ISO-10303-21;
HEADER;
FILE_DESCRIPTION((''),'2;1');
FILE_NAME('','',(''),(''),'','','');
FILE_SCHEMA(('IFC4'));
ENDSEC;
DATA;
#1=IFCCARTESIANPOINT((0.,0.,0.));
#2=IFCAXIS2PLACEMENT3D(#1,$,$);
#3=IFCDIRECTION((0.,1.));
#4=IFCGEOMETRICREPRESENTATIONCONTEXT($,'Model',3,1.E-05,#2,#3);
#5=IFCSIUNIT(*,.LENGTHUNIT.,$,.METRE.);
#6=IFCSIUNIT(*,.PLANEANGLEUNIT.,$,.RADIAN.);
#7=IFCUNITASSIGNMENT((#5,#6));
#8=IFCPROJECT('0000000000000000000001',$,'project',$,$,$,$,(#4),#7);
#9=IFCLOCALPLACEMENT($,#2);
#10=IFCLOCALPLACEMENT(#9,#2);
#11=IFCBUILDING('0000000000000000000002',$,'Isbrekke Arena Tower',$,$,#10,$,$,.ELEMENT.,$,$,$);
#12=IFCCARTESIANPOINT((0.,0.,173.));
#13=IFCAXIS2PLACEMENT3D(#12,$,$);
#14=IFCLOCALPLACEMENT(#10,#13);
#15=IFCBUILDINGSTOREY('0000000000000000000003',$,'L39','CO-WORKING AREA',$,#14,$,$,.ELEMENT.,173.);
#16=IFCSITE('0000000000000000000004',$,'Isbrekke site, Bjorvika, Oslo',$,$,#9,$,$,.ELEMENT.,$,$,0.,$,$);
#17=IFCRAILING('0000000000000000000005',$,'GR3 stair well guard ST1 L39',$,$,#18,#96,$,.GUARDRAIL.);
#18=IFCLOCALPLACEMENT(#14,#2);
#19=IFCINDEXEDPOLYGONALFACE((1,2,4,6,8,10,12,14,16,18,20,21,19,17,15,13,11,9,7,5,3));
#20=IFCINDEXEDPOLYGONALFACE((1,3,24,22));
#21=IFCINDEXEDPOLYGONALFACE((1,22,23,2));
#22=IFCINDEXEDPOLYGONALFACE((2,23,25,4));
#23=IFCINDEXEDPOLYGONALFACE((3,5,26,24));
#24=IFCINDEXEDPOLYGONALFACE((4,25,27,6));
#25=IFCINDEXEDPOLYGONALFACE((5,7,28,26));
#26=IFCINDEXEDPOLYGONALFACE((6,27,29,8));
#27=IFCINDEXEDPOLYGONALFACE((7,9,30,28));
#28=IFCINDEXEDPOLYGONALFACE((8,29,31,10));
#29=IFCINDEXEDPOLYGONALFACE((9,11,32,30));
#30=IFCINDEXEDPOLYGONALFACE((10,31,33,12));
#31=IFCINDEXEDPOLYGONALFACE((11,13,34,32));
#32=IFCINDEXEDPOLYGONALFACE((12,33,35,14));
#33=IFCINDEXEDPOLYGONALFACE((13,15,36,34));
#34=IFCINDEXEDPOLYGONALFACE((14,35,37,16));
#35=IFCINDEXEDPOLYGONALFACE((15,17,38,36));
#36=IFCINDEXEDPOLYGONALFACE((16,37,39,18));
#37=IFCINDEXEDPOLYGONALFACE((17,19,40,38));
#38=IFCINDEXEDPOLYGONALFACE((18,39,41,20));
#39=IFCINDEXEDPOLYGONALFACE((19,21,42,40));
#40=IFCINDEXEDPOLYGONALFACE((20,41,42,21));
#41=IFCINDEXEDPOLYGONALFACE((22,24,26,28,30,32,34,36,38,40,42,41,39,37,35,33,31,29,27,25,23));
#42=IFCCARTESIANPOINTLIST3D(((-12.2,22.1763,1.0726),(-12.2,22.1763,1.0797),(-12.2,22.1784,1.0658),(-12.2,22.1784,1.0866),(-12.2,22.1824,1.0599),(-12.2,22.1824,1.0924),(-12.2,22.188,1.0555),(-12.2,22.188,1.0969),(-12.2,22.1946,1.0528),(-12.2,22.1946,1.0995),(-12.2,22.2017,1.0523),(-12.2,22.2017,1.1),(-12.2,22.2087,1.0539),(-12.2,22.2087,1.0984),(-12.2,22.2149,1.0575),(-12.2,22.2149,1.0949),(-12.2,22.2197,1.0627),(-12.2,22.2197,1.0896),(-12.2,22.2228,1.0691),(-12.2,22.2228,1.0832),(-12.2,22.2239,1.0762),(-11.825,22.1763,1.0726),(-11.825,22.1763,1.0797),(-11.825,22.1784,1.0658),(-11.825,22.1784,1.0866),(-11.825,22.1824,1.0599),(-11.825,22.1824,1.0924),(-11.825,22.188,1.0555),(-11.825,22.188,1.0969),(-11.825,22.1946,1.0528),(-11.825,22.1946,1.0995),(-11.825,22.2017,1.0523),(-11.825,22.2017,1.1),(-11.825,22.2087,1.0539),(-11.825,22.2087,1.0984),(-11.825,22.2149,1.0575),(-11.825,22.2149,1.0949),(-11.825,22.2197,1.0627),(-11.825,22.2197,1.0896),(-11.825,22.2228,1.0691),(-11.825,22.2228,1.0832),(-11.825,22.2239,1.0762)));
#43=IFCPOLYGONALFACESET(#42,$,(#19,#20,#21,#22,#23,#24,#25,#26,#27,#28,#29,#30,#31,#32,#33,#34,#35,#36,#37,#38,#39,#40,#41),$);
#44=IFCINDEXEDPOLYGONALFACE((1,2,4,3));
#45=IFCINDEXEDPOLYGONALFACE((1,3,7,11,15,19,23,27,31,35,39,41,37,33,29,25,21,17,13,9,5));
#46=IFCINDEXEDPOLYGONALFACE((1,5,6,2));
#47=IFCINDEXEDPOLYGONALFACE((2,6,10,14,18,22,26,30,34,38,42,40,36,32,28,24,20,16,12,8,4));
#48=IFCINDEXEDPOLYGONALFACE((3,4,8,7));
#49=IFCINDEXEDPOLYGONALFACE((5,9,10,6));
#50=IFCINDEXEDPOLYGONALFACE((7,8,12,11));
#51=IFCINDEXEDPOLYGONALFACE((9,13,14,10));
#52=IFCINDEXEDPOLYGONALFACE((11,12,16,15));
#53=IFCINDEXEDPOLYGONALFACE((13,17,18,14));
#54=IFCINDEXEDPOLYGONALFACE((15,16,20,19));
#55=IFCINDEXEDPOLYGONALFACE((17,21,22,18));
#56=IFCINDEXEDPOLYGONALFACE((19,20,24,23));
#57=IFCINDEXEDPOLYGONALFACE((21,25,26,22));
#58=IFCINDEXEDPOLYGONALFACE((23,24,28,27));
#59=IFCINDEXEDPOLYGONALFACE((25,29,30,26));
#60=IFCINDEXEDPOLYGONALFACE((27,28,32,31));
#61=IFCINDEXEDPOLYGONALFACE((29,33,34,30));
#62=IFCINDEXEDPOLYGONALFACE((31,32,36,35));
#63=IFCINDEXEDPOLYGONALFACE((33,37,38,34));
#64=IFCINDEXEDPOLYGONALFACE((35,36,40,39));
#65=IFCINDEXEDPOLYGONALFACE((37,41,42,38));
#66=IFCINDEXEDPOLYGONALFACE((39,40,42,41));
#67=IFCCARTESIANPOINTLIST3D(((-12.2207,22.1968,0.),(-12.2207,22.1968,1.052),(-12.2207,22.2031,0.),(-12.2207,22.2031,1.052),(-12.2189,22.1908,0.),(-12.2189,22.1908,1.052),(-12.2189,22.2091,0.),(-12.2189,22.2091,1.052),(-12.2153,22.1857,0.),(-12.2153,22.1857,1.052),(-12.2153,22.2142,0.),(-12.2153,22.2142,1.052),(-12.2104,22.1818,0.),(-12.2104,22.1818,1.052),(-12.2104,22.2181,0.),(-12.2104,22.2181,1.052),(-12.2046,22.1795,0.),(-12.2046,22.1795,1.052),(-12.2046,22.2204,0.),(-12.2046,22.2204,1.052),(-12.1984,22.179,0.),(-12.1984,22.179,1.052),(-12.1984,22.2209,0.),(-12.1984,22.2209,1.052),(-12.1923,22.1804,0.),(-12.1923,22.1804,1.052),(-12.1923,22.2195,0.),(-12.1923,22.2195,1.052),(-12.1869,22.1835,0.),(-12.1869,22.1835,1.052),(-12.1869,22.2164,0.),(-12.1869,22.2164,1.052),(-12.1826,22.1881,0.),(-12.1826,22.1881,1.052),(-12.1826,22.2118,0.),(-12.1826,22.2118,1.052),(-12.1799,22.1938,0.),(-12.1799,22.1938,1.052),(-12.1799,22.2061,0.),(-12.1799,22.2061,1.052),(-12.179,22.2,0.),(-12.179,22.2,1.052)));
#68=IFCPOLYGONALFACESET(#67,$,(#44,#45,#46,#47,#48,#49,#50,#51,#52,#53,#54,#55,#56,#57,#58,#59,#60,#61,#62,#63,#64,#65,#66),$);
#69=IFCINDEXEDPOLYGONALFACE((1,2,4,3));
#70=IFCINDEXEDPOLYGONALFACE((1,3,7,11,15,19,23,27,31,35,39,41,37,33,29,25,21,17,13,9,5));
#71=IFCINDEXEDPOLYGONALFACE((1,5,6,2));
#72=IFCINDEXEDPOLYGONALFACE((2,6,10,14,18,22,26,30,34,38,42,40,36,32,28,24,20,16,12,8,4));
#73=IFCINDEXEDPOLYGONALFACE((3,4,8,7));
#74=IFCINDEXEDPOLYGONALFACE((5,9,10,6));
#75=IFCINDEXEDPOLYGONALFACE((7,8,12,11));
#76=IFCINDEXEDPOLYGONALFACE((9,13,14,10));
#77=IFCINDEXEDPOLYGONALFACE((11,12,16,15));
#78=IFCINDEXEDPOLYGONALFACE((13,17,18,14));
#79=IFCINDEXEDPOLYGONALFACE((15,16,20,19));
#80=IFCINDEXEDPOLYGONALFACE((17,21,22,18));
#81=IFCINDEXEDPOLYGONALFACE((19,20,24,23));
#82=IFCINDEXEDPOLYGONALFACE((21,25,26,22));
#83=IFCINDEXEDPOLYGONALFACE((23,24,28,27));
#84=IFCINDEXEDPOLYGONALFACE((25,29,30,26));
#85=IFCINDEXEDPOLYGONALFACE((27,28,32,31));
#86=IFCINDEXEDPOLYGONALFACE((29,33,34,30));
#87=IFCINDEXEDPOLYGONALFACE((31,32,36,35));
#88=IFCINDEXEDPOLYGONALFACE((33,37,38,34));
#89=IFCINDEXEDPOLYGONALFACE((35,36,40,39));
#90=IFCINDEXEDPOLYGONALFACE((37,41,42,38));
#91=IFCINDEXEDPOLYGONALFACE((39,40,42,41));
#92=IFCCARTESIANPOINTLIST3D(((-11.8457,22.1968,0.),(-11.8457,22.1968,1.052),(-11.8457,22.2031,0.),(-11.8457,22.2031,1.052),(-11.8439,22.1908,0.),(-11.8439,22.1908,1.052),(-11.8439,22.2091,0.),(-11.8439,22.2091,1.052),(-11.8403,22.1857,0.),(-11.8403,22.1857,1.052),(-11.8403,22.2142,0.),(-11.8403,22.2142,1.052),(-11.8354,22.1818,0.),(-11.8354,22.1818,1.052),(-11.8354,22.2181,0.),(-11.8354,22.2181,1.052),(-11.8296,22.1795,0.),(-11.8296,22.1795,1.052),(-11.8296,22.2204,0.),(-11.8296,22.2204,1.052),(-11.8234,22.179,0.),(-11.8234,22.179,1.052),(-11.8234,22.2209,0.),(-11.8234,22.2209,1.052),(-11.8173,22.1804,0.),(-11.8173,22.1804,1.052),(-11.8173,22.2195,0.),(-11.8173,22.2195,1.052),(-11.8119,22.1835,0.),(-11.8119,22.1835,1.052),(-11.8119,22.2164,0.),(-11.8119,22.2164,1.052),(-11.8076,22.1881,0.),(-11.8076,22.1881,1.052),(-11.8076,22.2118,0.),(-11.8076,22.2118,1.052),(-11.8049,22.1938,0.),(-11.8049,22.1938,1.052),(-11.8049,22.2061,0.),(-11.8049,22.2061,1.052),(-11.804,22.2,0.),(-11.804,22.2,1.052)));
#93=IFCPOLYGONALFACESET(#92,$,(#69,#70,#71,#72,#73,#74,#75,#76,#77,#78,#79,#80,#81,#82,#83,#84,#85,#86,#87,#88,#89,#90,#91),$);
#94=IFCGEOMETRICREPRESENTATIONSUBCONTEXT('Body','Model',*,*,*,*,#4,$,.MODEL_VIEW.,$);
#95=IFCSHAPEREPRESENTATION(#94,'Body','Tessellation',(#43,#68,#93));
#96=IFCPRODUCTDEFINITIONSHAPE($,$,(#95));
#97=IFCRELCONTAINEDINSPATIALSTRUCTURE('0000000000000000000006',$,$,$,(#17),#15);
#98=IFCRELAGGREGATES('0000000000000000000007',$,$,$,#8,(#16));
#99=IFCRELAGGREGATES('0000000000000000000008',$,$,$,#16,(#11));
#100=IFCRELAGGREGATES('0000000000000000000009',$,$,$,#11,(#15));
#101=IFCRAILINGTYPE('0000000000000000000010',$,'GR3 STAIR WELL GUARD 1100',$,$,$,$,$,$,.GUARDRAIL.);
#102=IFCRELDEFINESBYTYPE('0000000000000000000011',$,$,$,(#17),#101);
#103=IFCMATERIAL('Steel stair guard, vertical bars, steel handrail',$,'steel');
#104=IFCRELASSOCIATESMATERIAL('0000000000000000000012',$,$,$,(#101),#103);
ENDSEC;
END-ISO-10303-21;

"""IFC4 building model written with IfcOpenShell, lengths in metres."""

from ifc_helpers import new_model, si_unit, direction, frame, origin, origin_2d, place, context, subcontext, project, spatial, circle, extrude, material, type_object, element, save


model = new_model("IFC4")

# Units and contexts
model_context = context("Model", 3, precision=1e-05, world=origin(), true_north=direction((0.0, 1.0)))
body_context = subcontext(model_context, "Body", "Model", "MODEL_VIEW")
ifc_project = project(units=[si_unit("LENGTHUNIT", "METRE"), si_unit("PLANEANGLEUNIT", "RADIAN")], contexts=[model_context])

# Site, building, storey
site_placement = place(None, origin())
site = spatial("IfcSite", under=ifc_project, at=site_placement, Name="Isbrekke site, Bjorvika, Oslo", CompositionType="ELEMENT", RefElevation=0.0)
building_placement = place(site_placement, origin())
building = spatial("IfcBuilding", under=site, at=building_placement, Name="Isbrekke Arena Tower", CompositionType="ELEMENT")
storey_placement = place(building_placement, frame((0.0, 0.0, 173.0)))
storey = spatial("IfcBuildingStorey", under=building, at=storey_placement, Name="L39", Description="CO-WORKING AREA", CompositionType="ELEMENT", Elevation=173.0)

# Railing
ifc_material_1 = material(Name="Steel stair guard, vertical bars, steel handrail", Category="steel")
railing_type = type_object("IfcRailingType", Name="GR3 STAIR WELL GUARD 1100", PredefinedType="GUARDRAIL", material=ifc_material_1)
railing_placement = place(storey_placement, frame((-12.2, 22.2, 0.0)))
element("IfcRailing", 1, at=railing_placement, inside=storey, type_object=railing_type, Name="GR3 stair well guard ST1 L39", PredefinedType="GUARDRAIL", context=body_context, shape_type="SweptSolid", body=[
    extrude(circle(Radius=0.0239, at=origin_2d()), frame((0.0, 0.0, 1.0762), z_axis=(1.0, 0.0, 0.0), x_axis=(0.0, 1.0, 0.0)), (0.0, 0.0, 1.0), 0.375),
    extrude(circle(Radius=0.021, at=origin_2d()), origin(), (0.0, 0.0, 1.0), 1.052),
    extrude(circle(Radius=0.021, at=origin_2d()), frame((0.375, 0.0, 0.0)), (0.0, 0.0, 1.0), 1.052),
])

save(model, "model.ifc")
